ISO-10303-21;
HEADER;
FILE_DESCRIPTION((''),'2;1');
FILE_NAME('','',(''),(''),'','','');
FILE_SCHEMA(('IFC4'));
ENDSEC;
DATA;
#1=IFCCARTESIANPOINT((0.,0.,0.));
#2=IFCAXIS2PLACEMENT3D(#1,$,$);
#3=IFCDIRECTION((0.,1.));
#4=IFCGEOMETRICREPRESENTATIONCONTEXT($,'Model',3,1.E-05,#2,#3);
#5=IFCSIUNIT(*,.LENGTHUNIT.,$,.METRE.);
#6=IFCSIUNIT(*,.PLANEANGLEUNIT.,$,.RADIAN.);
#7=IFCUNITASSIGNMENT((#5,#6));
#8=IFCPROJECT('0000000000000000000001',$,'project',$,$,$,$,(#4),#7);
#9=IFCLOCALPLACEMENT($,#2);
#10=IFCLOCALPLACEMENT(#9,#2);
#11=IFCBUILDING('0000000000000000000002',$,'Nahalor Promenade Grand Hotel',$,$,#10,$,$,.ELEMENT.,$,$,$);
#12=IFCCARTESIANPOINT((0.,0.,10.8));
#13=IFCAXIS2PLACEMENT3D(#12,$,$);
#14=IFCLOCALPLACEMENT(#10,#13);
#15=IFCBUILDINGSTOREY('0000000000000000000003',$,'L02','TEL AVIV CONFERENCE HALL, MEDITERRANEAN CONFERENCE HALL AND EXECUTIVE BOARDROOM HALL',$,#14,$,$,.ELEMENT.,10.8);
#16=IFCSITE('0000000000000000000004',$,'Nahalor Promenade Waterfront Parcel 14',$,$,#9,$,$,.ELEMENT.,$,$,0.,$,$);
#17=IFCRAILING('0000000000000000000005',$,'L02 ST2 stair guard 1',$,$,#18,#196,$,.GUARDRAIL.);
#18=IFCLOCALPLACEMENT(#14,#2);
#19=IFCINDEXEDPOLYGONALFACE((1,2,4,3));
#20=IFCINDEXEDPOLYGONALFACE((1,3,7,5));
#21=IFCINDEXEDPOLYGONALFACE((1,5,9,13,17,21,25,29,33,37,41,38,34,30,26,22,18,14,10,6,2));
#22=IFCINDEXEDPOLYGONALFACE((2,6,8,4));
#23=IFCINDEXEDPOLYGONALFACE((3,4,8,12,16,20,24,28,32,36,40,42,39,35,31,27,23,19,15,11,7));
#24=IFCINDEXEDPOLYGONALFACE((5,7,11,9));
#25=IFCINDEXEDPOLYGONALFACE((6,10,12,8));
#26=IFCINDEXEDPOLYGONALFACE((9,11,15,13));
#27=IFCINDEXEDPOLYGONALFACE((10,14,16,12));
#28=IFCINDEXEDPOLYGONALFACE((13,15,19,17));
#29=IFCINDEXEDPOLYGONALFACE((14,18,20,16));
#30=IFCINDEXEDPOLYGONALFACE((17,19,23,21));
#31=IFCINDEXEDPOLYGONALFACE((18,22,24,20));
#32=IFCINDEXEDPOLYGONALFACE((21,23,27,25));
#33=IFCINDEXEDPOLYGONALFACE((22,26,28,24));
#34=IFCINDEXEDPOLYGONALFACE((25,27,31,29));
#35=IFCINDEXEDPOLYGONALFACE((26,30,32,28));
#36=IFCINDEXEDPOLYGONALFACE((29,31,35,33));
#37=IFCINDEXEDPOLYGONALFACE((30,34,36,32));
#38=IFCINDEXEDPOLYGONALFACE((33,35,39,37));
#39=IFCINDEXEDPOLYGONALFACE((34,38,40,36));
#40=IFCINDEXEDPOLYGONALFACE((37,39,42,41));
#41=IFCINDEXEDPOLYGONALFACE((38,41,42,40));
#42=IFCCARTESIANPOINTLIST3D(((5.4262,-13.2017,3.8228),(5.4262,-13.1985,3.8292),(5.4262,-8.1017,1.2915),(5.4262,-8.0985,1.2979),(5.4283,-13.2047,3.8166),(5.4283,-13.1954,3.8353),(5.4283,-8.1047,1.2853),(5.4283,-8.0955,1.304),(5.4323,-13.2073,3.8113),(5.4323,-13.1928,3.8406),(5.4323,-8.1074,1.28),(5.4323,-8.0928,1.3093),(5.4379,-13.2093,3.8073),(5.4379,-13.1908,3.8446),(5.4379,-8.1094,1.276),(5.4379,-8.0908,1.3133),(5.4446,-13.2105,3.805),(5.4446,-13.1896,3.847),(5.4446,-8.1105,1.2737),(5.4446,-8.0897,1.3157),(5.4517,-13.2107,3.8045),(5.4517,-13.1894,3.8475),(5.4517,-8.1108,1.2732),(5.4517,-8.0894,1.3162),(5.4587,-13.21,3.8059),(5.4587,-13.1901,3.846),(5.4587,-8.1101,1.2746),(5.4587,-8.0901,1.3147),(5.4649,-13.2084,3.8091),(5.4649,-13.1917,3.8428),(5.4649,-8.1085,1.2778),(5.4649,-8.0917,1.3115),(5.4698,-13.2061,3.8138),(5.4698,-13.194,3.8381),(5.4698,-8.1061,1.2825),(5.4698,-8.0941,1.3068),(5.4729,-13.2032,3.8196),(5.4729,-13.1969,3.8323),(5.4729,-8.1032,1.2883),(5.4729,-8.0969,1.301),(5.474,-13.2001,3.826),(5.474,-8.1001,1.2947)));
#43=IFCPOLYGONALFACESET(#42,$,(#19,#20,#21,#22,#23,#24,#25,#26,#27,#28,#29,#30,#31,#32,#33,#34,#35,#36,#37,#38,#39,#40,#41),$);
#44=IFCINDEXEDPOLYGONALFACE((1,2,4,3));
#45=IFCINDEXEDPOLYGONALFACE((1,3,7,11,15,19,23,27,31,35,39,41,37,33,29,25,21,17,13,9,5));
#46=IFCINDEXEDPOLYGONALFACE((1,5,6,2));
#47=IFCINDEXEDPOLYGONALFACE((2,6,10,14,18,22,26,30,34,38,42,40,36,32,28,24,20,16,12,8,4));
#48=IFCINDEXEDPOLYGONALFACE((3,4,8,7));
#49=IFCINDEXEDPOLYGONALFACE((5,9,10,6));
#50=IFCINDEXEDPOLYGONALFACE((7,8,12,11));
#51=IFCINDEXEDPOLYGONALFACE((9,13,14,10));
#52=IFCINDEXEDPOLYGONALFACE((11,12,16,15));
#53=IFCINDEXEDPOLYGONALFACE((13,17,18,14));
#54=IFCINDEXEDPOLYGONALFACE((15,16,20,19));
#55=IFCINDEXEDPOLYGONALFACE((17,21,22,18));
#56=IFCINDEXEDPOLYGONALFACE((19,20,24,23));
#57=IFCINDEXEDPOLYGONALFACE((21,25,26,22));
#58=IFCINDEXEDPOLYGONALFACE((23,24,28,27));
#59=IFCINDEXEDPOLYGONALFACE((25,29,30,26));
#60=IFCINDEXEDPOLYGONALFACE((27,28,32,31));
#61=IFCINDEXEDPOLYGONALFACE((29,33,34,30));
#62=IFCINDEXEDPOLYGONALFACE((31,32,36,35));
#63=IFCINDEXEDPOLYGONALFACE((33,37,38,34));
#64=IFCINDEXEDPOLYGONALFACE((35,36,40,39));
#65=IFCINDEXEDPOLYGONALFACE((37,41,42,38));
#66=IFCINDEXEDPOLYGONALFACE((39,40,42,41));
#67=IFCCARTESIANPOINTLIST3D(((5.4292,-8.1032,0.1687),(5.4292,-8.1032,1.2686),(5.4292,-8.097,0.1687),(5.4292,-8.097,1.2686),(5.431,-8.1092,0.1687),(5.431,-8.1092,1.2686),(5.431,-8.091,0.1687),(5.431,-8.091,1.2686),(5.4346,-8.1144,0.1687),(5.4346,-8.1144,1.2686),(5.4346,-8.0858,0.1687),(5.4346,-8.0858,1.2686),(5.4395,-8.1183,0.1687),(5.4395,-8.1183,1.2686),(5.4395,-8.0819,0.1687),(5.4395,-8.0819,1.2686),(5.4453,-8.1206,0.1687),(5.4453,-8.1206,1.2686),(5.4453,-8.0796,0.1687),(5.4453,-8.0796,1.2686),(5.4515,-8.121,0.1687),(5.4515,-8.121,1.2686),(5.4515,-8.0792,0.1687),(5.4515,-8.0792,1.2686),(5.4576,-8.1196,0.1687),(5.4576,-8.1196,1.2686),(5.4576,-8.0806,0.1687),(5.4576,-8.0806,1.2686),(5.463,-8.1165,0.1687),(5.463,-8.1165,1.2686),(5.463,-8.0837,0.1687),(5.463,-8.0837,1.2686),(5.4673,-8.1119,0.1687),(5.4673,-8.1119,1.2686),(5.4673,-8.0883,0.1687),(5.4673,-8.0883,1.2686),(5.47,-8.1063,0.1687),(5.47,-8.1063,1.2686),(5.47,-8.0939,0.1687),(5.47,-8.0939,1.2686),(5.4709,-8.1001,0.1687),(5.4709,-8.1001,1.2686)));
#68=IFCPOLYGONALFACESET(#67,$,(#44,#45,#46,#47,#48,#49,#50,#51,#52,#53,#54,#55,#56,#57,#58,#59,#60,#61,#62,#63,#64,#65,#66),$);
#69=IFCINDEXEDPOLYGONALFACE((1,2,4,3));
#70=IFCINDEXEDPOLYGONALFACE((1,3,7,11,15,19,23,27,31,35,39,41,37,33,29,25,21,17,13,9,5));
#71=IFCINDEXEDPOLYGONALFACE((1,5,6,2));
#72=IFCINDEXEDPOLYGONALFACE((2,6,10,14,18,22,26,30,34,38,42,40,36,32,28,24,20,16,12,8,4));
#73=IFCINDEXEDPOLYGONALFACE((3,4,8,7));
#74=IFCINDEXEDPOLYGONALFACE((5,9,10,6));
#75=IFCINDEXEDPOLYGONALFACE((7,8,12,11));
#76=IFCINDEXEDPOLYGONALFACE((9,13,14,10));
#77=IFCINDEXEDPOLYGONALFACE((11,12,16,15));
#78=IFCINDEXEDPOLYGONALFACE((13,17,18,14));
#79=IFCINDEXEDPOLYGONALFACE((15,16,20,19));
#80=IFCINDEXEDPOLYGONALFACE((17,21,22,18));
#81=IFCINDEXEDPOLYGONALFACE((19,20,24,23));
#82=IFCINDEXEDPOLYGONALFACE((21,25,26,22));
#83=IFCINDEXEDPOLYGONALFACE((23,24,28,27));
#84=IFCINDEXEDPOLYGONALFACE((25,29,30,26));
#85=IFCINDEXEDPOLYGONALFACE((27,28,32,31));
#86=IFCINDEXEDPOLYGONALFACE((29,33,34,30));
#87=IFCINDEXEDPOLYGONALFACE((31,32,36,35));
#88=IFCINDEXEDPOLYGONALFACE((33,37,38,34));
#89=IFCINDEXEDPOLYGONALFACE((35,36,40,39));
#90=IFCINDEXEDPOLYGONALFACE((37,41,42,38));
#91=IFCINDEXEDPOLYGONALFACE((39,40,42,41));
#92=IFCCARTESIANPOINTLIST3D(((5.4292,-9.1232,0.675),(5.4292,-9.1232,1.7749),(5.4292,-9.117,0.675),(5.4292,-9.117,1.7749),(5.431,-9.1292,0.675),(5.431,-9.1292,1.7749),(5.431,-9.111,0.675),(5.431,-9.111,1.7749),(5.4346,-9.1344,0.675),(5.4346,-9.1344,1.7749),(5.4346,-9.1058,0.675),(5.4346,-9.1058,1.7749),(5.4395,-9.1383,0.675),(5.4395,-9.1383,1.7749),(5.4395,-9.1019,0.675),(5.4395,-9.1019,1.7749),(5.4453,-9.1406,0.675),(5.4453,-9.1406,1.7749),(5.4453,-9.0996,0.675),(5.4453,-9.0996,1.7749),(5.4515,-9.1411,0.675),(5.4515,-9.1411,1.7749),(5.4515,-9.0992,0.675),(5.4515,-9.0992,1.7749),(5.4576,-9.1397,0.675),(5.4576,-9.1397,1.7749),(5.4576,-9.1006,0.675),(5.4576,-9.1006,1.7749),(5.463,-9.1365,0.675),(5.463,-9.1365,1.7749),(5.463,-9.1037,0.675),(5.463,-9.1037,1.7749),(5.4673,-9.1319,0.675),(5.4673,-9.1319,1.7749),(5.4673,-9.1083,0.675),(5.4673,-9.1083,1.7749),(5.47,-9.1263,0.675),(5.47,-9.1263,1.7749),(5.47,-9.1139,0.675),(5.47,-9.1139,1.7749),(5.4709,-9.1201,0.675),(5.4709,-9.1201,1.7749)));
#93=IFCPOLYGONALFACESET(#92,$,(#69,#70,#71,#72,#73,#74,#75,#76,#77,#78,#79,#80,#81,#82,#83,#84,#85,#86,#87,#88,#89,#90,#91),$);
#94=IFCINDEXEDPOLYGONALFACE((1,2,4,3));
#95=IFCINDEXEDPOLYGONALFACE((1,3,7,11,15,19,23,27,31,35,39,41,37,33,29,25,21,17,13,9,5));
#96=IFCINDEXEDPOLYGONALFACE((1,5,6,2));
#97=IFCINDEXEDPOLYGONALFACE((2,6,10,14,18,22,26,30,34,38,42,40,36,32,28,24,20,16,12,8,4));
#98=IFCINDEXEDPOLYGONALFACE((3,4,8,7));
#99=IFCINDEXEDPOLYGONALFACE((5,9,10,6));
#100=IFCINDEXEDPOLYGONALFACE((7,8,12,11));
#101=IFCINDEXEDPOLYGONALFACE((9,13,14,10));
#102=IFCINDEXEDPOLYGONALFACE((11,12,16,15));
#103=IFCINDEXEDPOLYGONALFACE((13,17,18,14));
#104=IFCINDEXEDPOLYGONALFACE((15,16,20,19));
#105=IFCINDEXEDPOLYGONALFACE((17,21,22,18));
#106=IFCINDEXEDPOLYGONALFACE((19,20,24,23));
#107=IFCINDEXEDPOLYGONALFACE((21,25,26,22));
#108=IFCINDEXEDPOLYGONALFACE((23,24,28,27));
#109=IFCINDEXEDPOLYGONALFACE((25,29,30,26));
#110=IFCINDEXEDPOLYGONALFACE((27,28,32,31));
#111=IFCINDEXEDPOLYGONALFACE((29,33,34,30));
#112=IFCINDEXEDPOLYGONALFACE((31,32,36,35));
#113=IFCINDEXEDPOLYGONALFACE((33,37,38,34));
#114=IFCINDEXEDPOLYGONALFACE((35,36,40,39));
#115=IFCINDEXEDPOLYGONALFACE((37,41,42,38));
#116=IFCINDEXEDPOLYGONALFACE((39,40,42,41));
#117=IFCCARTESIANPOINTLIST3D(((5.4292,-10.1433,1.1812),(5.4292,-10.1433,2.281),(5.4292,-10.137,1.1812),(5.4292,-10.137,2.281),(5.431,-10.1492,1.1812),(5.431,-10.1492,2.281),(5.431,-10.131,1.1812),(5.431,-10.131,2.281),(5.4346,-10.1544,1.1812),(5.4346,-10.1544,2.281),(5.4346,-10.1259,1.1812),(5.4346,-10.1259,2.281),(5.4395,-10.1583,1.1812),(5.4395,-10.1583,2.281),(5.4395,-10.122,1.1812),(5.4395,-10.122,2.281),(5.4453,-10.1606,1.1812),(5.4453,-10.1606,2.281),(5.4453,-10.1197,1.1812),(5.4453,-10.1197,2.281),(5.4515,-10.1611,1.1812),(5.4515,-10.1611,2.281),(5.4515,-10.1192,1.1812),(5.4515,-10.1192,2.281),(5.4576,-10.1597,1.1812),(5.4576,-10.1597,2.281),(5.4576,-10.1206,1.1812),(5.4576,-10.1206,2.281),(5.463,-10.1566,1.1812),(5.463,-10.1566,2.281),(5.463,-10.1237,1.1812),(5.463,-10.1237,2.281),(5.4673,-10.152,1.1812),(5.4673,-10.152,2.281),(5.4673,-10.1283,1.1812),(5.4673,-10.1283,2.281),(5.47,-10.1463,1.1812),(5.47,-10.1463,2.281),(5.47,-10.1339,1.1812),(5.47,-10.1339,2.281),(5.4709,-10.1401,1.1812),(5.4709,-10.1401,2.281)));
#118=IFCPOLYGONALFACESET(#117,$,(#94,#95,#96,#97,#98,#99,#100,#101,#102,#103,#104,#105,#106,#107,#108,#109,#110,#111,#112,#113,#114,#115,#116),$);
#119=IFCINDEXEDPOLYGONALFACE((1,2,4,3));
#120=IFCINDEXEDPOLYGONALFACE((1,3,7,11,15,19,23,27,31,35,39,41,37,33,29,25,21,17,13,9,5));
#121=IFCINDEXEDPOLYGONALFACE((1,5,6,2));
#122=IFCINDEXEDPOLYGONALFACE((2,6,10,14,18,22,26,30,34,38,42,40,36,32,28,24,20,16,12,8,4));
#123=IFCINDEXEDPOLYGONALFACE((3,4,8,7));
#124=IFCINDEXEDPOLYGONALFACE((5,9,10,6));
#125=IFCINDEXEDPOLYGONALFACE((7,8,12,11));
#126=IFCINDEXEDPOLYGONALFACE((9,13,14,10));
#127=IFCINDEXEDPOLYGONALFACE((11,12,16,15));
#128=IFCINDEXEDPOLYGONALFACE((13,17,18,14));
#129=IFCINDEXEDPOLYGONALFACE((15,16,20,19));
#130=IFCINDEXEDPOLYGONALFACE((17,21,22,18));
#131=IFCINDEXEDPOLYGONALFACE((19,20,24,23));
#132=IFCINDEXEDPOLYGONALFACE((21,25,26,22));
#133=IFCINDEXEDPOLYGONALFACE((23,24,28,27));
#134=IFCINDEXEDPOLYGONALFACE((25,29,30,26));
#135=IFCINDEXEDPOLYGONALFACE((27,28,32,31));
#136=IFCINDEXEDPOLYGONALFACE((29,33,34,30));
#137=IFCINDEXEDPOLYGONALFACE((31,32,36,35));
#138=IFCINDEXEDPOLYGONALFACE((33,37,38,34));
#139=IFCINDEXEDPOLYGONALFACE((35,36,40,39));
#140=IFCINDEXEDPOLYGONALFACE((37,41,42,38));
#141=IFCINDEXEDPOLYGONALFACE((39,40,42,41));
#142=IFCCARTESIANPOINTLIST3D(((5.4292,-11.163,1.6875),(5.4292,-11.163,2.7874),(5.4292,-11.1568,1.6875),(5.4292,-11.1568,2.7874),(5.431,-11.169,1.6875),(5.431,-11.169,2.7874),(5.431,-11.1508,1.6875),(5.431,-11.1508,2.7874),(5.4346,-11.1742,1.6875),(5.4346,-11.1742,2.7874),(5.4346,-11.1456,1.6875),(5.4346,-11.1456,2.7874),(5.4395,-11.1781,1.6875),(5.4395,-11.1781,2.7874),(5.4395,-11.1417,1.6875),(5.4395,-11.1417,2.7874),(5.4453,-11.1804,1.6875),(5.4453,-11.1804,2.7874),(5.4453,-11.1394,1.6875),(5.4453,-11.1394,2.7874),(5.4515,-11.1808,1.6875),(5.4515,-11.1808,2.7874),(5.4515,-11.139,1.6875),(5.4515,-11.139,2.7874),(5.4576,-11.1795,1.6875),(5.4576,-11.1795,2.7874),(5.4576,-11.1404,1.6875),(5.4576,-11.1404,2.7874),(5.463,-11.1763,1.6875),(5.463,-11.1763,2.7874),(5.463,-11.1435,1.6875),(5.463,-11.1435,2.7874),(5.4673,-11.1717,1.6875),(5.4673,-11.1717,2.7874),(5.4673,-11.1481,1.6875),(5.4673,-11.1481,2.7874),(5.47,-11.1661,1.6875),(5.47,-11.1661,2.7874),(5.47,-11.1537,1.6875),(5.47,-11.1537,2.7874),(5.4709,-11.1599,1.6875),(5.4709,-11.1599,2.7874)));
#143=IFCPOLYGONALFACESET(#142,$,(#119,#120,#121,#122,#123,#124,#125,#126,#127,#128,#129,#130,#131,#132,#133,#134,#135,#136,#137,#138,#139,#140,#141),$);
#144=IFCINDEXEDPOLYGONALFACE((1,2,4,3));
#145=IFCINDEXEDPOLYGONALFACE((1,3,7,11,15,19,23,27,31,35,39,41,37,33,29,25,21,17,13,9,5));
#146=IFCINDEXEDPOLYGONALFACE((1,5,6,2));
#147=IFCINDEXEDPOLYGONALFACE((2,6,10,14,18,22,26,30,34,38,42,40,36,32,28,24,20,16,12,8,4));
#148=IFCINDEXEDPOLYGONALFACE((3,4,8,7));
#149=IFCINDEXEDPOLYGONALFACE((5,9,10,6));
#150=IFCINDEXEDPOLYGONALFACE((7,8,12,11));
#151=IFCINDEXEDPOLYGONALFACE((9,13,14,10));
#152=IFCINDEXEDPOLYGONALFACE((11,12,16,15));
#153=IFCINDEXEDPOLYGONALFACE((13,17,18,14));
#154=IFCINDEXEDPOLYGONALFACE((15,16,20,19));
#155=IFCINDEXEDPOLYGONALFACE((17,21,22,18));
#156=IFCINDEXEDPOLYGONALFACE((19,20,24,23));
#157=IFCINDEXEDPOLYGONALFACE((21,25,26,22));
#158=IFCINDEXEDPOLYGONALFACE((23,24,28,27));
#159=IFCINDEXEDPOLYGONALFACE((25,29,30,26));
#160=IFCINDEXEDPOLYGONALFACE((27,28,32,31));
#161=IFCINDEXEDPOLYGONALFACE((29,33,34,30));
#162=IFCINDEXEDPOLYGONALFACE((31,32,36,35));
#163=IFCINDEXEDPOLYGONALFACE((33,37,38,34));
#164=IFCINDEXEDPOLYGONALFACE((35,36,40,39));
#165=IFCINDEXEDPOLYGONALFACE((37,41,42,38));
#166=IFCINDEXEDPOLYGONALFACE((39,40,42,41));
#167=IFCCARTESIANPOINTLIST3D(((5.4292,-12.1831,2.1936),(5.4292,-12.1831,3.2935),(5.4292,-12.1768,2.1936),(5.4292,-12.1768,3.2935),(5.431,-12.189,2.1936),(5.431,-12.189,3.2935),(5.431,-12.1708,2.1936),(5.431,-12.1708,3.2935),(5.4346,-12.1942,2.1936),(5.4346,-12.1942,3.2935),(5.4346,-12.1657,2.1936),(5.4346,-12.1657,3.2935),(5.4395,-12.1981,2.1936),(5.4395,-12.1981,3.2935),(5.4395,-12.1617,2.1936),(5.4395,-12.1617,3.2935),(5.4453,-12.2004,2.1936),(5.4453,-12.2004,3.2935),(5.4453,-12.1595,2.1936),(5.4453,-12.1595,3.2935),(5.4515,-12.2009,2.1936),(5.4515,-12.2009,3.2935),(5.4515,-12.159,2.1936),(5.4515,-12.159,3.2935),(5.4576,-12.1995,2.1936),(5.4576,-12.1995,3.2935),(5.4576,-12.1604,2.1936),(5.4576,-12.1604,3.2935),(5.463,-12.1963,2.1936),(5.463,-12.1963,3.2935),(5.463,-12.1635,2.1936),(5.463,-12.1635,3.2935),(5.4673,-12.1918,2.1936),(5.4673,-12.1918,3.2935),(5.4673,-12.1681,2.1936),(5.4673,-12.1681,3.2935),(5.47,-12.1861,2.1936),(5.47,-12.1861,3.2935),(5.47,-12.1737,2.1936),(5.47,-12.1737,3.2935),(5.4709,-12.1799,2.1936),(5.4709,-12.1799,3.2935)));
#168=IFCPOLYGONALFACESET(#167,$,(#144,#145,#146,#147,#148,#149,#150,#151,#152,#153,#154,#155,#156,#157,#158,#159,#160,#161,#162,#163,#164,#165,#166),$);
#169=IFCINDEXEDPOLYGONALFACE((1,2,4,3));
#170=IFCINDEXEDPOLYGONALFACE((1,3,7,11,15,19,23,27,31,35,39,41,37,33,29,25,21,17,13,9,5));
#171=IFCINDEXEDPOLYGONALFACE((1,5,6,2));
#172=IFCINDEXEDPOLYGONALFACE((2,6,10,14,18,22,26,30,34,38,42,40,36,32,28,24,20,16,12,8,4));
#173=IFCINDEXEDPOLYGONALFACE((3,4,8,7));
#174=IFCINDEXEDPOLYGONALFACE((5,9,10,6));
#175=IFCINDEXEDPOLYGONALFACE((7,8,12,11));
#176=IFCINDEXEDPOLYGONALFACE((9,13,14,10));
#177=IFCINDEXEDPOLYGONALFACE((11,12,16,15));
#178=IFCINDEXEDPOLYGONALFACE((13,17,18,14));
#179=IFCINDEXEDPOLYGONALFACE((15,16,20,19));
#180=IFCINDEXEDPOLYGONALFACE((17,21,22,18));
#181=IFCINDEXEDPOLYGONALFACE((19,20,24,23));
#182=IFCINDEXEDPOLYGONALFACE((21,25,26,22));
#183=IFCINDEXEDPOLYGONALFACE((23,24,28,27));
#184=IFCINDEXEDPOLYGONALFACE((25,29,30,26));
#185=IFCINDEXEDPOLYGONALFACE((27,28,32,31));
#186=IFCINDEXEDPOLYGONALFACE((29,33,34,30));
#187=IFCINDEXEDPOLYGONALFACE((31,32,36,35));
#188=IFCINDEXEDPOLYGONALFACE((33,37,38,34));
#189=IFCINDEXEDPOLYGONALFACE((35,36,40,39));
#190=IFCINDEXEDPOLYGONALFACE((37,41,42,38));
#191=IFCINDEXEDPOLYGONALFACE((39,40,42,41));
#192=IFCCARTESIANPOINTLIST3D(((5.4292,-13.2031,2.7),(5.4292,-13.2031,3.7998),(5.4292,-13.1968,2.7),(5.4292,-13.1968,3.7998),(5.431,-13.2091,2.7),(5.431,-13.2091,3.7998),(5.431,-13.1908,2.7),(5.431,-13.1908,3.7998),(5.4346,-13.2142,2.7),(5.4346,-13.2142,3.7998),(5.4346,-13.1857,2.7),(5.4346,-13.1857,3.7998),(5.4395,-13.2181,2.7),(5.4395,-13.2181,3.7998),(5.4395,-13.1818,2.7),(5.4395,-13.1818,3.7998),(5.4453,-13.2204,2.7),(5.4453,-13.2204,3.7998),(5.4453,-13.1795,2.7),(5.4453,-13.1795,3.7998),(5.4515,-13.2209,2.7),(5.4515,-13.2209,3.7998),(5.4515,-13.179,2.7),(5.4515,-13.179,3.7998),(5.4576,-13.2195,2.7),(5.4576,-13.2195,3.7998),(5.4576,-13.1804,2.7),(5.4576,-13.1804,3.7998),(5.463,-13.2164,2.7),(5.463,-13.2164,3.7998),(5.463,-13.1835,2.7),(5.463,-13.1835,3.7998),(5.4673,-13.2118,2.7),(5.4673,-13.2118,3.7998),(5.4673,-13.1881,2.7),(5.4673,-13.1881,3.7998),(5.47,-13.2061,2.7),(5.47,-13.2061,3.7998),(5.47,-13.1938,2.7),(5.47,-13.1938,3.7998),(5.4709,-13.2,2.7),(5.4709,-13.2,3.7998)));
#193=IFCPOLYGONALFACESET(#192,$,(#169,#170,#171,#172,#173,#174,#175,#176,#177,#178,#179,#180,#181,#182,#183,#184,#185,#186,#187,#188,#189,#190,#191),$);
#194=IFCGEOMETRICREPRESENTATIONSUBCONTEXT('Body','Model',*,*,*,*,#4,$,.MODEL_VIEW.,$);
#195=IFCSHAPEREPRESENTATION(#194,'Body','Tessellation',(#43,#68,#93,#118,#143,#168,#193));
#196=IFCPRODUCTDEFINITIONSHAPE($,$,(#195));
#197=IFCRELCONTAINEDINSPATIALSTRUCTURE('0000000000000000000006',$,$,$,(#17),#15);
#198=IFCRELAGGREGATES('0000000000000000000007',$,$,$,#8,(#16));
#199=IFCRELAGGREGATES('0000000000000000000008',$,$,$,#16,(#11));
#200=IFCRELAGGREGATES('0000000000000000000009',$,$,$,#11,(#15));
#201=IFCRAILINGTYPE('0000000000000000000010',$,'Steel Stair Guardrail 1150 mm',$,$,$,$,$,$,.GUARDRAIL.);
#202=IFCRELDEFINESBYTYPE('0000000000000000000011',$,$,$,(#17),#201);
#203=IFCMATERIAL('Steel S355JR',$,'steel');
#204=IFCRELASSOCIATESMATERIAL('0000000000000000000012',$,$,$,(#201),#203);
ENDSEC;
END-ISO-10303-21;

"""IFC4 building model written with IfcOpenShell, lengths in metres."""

from ifc_helpers import new_model, si_unit, direction, frame, origin, origin_2d, place, context, subcontext, project, spatial, circle, extrude, material, type_object, element, save


model = new_model("IFC4")

# Units and contexts
model_context = context("Model", 3, precision=1e-05, world=origin(), true_north=direction((0.0, 1.0)))
body_context = subcontext(model_context, "Body", "Model", "MODEL_VIEW")
ifc_project = project(units=[si_unit("LENGTHUNIT", "METRE"), si_unit("PLANEANGLEUNIT", "RADIAN")], contexts=[model_context])

# Site, building, storey
site_placement = place(None, origin())
site = spatial("IfcSite", under=ifc_project, at=site_placement, Name="Nahalor Promenade Waterfront Parcel 14", CompositionType="ELEMENT", RefElevation=0.0)
building_placement = place(site_placement, origin())
building = spatial("IfcBuilding", under=site, at=building_placement, Name="Nahalor Promenade Grand Hotel", CompositionType="ELEMENT")
storey_placement = place(building_placement, frame((0.0, 0.0, 10.8)))
storey = spatial("IfcBuildingStorey", under=building, at=storey_placement, Name="L02", Description="TEL AVIV CONFERENCE HALL, MEDITERRANEAN CONFERENCE HALL AND EXECUTIVE BOARDROOM HALL", CompositionType="ELEMENT", Elevation=10.8)

# Shared definitions
ifc_material_1 = material(Name="Steel S355JR", Category="steel")

# Railing
railing_type_1 = type_object("IfcRailingType", Name="Steel Stair Guardrail 1150 mm", PredefinedType="GUARDRAIL", material=ifc_material_1)
railing_1_placement = place(storey_placement, frame((5.45, -8.1001, 0.1687)))
element("IfcRailing", 1, at=railing_1_placement, inside=storey, type_object=railing_type_1, Name="L02 ST2 stair guard 1", PredefinedType="GUARDRAIL", context=body_context, shape_type="SweptSolid", body=[
    extrude(circle(Radius=0.024, at=origin_2d()), frame((0.0, 0.0, 1.126), z_axis=(0.0, -0.895735, 0.444587), x_axis=(1.0, 0.0, 0.0)), (0.0, 0.0, 1.0), 5.6936),
    extrude(circle(Radius=0.021, at=origin_2d()), origin(), (0.0, 0.0, 1.0), 1.0999),
    extrude(circle(Radius=0.021, at=origin_2d()), frame((0.0, -1.02, 0.5063)), (0.0, 0.0, 1.0), 1.0999),
    extrude(circle(Radius=0.021, at=origin_2d()), frame((0.0, -2.04, 1.0125)), (0.0, 0.0, 1.0), 1.0999),
    extrude(circle(Radius=0.021, at=origin_2d()), frame((0.0, -3.0598, 1.5188)), (0.0, 0.0, 1.0), 1.0999),
    extrude(circle(Radius=0.021, at=origin_2d()), frame((0.0, -4.0798, 2.0249)), (0.0, 0.0, 1.0), 1.0999),
    extrude(circle(Radius=0.021, at=origin_2d()), frame((0.0, -5.0999, 2.5312)), (0.0, 0.0, 1.0), 1.0999),
])

save(model, "model.ifc")
